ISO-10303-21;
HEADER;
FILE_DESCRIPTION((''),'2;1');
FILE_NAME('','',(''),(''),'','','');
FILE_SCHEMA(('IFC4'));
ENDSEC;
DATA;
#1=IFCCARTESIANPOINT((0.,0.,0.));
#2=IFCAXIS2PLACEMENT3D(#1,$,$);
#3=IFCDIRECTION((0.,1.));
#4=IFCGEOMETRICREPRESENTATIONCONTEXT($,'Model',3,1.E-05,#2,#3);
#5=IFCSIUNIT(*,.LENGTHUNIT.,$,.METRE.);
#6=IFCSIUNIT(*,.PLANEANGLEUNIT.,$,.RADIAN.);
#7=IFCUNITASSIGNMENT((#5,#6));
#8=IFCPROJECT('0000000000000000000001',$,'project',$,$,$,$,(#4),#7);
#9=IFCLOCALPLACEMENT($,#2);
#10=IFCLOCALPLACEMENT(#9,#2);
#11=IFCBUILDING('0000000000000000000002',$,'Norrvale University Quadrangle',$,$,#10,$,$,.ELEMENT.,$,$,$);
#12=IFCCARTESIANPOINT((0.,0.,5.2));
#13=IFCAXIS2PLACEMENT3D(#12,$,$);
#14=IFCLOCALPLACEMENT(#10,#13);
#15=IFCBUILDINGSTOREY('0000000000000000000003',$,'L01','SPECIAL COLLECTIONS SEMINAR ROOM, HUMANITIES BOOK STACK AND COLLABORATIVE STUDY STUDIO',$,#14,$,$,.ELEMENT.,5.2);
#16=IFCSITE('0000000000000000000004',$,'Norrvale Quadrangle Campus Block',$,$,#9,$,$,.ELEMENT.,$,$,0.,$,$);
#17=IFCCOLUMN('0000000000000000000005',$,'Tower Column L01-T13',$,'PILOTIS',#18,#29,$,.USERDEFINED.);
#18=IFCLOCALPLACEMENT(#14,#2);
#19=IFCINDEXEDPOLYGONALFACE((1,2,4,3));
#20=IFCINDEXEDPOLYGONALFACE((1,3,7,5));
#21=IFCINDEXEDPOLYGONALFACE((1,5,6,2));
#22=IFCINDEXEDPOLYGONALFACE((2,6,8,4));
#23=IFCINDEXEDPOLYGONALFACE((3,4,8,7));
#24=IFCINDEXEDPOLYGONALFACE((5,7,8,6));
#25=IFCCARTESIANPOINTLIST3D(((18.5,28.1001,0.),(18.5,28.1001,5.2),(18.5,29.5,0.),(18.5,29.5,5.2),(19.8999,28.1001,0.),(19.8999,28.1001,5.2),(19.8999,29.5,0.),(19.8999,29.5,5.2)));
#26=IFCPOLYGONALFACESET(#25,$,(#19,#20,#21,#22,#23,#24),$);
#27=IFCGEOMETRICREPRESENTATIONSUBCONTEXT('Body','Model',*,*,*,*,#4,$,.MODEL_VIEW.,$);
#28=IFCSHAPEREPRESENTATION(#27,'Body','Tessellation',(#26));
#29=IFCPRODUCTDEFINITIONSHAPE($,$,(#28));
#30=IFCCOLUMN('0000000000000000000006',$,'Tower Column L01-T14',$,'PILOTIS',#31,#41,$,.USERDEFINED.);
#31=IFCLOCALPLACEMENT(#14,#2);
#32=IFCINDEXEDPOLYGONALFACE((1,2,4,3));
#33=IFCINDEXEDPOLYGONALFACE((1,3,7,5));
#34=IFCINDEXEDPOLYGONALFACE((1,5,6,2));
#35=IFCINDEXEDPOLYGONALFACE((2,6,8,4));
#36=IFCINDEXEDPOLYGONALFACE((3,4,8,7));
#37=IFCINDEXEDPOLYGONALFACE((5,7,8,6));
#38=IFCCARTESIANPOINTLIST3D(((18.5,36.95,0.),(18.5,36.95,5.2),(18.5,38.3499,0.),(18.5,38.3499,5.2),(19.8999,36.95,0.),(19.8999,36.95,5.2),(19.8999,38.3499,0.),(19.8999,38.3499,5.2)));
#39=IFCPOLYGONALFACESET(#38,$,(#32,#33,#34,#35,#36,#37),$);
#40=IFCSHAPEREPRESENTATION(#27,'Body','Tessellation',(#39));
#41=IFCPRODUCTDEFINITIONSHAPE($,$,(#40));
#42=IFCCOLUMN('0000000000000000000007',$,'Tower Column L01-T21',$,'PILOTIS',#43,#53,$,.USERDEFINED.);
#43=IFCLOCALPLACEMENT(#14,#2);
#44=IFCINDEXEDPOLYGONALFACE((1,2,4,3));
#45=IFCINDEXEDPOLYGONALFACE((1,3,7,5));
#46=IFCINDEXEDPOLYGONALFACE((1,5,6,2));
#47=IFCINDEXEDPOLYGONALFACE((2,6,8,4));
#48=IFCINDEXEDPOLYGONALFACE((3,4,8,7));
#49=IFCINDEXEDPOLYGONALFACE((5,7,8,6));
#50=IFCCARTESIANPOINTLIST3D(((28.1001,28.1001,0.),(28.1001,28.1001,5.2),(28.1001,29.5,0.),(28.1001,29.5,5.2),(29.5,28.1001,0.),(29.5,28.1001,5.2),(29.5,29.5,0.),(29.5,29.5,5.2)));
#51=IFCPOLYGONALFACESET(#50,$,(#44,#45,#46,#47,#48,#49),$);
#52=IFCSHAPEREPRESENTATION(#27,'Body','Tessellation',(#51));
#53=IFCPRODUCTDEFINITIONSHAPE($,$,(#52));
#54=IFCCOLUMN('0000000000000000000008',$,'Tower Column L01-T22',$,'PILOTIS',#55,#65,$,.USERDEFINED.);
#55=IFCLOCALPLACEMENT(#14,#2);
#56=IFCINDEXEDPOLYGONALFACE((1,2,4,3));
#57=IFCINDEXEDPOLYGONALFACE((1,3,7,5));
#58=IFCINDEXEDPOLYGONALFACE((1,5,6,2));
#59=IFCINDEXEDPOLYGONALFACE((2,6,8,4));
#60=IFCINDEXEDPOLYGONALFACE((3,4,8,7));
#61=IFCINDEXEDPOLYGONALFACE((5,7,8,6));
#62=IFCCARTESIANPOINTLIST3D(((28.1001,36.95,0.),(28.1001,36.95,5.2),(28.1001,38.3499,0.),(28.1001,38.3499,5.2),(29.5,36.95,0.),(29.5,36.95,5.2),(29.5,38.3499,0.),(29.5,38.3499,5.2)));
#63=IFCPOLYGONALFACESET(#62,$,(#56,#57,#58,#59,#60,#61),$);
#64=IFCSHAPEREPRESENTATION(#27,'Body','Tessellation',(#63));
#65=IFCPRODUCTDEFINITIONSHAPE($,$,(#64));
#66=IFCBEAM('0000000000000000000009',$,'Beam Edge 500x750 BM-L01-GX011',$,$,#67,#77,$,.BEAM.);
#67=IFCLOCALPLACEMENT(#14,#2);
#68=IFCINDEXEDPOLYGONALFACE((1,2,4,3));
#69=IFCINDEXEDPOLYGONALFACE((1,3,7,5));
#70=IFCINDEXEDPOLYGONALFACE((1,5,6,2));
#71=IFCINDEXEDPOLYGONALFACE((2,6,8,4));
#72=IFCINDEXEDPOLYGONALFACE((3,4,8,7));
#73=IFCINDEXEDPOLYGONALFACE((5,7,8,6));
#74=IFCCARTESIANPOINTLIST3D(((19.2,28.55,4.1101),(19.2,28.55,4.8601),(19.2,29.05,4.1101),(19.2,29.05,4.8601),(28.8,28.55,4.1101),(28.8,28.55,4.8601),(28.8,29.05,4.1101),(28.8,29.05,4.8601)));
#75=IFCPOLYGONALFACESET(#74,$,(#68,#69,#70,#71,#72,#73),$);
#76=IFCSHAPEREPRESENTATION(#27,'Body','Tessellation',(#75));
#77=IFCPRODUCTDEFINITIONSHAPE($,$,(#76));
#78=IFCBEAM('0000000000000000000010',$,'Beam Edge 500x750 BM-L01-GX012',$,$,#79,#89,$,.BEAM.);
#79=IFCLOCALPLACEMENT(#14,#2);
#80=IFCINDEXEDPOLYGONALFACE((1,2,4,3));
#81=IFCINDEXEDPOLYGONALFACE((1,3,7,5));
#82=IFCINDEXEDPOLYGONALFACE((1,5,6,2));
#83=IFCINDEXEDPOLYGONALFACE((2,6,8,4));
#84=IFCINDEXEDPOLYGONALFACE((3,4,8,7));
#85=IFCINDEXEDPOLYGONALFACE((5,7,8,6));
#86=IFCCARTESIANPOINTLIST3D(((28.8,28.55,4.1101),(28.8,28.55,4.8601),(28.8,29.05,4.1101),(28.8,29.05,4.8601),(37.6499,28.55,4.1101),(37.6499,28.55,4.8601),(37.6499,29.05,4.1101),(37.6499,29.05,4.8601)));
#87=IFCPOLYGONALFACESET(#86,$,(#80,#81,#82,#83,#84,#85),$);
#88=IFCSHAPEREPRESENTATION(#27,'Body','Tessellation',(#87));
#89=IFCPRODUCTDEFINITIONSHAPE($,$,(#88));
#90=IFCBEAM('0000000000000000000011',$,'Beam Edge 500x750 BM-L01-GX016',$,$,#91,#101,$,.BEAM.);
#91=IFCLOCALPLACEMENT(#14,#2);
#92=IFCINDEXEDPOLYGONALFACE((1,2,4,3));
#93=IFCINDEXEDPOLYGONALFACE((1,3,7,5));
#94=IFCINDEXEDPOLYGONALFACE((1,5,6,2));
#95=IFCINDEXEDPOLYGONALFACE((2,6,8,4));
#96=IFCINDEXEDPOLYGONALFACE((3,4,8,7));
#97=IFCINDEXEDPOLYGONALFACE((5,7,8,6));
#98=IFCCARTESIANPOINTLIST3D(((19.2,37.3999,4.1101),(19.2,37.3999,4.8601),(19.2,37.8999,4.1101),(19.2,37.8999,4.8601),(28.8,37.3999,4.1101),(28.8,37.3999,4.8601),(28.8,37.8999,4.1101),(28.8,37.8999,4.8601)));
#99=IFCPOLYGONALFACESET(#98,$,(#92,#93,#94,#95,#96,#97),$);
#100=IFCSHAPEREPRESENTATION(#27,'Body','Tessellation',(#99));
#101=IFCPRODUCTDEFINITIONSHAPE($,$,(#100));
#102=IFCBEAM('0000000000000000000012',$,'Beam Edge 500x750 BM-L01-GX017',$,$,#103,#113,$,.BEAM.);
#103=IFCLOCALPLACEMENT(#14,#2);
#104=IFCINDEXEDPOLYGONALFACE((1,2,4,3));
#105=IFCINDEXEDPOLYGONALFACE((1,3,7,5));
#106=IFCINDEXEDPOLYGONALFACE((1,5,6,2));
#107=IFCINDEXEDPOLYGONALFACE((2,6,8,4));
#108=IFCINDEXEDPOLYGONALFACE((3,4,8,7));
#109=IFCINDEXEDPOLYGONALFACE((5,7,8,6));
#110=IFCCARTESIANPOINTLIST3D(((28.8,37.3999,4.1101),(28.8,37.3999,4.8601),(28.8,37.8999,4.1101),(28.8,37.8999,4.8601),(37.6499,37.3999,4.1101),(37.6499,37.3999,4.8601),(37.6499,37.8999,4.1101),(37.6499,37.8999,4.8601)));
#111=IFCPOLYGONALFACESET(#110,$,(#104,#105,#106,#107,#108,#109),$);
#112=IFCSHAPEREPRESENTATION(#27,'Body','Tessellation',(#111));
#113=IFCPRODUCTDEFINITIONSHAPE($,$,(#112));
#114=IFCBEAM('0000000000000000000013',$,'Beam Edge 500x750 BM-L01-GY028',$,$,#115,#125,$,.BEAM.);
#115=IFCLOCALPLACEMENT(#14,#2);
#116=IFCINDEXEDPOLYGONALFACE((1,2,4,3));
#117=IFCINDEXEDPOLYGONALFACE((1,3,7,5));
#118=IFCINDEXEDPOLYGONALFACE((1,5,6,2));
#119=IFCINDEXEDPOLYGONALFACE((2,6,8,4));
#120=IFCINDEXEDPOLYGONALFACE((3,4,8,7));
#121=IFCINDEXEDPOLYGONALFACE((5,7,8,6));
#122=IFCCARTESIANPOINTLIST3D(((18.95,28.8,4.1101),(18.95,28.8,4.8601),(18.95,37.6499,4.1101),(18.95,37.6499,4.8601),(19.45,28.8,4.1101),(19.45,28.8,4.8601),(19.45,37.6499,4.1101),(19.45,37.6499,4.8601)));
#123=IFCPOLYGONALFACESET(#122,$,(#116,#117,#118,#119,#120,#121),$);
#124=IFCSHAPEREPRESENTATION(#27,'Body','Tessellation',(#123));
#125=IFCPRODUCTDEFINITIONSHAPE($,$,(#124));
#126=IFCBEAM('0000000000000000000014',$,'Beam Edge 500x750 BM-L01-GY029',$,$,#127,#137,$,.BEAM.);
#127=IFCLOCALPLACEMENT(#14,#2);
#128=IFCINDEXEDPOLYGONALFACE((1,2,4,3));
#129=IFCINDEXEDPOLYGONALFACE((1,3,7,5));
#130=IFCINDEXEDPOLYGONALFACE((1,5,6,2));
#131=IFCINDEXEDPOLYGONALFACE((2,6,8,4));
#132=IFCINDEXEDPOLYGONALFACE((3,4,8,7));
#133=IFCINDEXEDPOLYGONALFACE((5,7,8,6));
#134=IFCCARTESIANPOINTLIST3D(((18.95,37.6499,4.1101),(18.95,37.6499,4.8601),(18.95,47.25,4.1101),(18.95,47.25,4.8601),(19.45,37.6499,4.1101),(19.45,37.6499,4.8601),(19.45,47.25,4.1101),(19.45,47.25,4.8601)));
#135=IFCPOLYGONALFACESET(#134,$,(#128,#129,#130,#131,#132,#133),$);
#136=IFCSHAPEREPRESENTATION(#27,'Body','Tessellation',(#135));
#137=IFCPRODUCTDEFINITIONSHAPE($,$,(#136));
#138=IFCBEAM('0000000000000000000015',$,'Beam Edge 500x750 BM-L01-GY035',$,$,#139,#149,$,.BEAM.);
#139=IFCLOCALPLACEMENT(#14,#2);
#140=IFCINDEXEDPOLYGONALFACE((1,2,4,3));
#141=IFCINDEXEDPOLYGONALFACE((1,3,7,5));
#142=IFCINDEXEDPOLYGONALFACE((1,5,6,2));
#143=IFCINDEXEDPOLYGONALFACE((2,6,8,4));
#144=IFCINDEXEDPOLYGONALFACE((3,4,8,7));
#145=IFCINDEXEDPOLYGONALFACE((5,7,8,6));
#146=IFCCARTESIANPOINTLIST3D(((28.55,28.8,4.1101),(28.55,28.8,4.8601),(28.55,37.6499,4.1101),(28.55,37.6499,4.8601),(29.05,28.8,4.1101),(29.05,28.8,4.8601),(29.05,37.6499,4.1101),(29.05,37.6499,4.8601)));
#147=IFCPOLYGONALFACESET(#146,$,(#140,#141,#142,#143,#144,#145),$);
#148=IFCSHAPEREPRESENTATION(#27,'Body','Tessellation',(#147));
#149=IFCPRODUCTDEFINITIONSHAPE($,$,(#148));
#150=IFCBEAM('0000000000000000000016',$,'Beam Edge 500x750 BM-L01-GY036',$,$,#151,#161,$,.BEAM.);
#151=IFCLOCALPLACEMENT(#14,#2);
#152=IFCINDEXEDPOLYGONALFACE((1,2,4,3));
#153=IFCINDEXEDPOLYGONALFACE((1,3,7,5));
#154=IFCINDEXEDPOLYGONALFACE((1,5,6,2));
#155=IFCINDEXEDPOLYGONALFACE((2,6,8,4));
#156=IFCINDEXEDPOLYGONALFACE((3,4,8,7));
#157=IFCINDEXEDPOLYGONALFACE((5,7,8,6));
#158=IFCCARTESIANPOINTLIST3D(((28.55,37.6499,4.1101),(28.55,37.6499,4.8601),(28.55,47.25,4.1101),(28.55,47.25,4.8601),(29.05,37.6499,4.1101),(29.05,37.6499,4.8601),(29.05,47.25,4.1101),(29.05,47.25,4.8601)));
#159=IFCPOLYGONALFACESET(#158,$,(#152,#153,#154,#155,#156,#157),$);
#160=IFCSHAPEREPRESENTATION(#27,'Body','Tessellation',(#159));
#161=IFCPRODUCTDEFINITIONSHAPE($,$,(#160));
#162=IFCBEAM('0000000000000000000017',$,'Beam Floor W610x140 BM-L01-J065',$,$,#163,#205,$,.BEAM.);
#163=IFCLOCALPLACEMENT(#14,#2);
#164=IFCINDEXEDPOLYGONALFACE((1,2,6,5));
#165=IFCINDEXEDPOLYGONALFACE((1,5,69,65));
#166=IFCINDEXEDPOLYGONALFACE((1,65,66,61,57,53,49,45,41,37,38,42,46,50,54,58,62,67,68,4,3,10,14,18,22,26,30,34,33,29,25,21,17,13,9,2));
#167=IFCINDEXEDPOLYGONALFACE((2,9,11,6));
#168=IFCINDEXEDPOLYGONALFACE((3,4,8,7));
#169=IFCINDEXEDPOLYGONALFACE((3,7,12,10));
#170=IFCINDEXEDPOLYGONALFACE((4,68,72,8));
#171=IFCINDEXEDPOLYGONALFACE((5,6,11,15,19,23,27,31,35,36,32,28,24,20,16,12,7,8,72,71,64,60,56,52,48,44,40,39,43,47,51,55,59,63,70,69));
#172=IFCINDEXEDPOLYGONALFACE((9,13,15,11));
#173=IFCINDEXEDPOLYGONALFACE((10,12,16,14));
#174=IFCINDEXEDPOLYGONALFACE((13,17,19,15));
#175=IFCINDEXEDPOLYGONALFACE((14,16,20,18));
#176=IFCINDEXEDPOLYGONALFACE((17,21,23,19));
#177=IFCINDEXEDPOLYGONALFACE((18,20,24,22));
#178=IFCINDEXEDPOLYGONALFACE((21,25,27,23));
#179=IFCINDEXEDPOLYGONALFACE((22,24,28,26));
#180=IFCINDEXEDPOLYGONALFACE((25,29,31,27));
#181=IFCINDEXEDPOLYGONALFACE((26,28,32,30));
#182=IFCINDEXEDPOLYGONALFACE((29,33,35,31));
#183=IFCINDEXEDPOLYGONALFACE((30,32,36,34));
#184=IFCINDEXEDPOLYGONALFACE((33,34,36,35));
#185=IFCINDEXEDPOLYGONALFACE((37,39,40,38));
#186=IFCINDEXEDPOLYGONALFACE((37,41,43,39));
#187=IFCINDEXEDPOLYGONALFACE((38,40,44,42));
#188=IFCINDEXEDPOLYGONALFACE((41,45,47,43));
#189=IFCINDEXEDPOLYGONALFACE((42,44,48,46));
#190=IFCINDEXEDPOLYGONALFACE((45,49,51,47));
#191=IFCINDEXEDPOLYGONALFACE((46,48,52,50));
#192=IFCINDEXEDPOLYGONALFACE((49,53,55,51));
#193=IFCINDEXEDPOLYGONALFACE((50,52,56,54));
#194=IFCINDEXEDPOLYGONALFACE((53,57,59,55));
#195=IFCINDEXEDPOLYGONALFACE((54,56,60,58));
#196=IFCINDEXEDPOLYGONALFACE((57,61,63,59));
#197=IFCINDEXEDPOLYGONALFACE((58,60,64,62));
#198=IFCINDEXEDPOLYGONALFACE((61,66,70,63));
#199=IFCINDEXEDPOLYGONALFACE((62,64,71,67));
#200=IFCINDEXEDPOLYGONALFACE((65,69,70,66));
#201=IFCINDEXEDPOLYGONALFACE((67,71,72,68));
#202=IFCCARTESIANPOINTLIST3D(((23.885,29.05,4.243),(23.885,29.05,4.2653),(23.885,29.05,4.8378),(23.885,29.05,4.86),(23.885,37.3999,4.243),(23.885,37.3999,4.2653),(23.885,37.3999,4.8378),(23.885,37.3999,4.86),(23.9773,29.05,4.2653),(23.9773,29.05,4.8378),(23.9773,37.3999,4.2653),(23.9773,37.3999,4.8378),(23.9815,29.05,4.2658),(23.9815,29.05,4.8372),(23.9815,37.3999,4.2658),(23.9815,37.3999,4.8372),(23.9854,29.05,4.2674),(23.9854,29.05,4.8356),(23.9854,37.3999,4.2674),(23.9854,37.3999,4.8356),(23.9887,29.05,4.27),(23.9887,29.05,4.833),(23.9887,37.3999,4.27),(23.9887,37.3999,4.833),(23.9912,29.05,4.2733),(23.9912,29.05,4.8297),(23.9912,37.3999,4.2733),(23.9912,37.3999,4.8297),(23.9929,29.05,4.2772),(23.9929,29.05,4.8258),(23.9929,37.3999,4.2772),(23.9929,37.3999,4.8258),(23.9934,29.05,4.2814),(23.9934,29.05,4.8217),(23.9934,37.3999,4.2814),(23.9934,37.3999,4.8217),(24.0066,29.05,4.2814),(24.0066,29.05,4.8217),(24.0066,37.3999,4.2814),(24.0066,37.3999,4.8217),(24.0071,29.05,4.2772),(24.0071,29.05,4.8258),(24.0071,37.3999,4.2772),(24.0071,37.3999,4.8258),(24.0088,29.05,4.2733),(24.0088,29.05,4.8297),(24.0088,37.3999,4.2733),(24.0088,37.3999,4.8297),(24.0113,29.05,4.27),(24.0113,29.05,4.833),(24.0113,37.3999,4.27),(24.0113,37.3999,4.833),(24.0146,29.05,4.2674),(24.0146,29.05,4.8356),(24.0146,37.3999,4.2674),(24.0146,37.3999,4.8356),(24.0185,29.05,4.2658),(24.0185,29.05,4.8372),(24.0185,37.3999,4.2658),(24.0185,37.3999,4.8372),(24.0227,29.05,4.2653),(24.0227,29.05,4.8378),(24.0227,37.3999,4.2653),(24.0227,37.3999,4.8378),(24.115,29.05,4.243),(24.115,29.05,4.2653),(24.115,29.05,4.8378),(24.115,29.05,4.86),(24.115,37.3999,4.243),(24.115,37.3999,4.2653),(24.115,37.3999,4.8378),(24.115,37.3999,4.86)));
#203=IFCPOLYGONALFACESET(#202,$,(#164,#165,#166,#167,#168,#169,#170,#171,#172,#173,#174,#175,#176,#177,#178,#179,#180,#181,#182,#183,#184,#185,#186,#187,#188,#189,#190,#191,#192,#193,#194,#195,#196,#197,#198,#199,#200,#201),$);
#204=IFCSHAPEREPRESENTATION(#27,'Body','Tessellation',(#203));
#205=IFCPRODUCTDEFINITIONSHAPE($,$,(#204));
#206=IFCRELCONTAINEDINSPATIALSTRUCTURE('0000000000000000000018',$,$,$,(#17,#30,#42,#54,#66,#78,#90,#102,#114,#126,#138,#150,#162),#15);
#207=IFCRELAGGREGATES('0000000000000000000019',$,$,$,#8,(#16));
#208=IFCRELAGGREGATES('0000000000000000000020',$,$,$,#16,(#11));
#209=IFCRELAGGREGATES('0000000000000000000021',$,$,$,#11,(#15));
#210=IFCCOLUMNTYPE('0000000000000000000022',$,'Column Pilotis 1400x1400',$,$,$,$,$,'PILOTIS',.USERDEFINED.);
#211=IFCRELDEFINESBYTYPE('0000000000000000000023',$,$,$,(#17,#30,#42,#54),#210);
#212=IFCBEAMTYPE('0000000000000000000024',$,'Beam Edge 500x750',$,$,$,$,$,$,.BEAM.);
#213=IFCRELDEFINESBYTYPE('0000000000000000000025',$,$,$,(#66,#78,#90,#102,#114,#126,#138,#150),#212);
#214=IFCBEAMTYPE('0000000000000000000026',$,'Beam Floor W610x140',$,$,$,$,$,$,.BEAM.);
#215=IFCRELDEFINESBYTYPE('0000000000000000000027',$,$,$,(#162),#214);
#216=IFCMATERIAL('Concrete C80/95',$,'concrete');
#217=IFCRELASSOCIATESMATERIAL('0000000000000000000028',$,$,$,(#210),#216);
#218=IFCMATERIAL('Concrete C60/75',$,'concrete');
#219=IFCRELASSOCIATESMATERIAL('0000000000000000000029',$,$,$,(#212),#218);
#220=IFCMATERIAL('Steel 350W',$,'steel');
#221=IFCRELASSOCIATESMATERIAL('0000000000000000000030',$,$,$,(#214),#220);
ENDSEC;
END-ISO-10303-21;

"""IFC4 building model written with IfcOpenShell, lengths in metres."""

from ifc_helpers import new_model, si_unit, direction, frame, origin, origin_2d, place, context, subcontext, project, spatial, rectangle, i_section, extrude, material, material_profile, profile_set, type_object, element, save


model = new_model("IFC4")

# Units and contexts
model_context = context("Model", 3, precision=1e-05, world=origin(), true_north=direction((0.0, 1.0)))
body_context = subcontext(model_context, "Body", "Model", "MODEL_VIEW")
ifc_project = project(units=[si_unit("LENGTHUNIT", "METRE"), si_unit("PLANEANGLEUNIT", "RADIAN")], contexts=[model_context])

# Site, building, storey
site_placement = place(None, origin())
site = spatial("IfcSite", under=ifc_project, at=site_placement, Name="Norrvale Quadrangle Campus Block", CompositionType="ELEMENT", RefElevation=0.0)
building_placement = place(site_placement, origin())
building = spatial("IfcBuilding", under=site, at=building_placement, Name="Norrvale University Quadrangle", CompositionType="ELEMENT")
storey_placement = place(building_placement, frame((0.0, 0.0, 5.2)))
storey = spatial("IfcBuildingStorey", under=building, at=storey_placement, Name="L01", Description="SPECIAL COLLECTIONS SEMINAR ROOM, HUMANITIES BOOK STACK AND COLLABORATIVE STUDY STUDIO", CompositionType="ELEMENT", Elevation=5.2)

# Columns
ifc_material_1 = material(Name="Concrete C80/95", Category="concrete")
ifc_material_profile_1 = material_profile(ifc_material_1, rectangle(XDim=1.3999, YDim=1.3999, at=origin_2d()), Name="Concrete C80/95")
ifc_profile_set_1 = profile_set([ifc_material_profile_1], Name="Concrete C80/95")
column_type = type_object("IfcColumnType", Name="Column Pilotis 1400x1400", ElementType="PILOTIS", PredefinedType="USERDEFINED", material=ifc_profile_set_1)
for number, where, z_axis, x_axis, name in (
    (1, (19.2, 28.8, 0.0), (0.0, 0.0, 1.0), (1.0, 0.0, 0.0), "Tower Column L01-T13"),
    (2, (19.2, 37.6499, 0.0), (0.0, 0.0, 1.0), (1.0, 0.0, 0.0), "Tower Column L01-T14"),
    (3, (28.8, 28.8, 0.0), (0.0, 0.0, 1.0), (1.0, 0.0, 0.0), "Tower Column L01-T21"),
    (4, (28.8, 37.6499, 0.0), (0.0, 0.0, 1.0), (1.0, 0.0, 0.0), "Tower Column L01-T22"),
):
    element("IfcColumn", number, at=place(storey_placement, frame(where, z_axis=z_axis, x_axis=x_axis)), inside=storey, type_object=column_type, Name=name, ObjectType="PILOTIS", PredefinedType="USERDEFINED", context=body_context, shape_type="SweptSolid", body=[
        extrude(rectangle(XDim=1.3999, YDim=1.3999, at=origin_2d()), origin(), (0.0, 0.0, 1.0), 5.2),
    ])

# Beams
ifc_material_2 = material(Name="Concrete C60/75", Category="concrete")
ifc_material_profile_2 = material_profile(ifc_material_2, rectangle(XDim=0.5, YDim=0.75, at=origin_2d()), Name="Concrete C60/75")
ifc_profile_set_2 = profile_set([ifc_material_profile_2], Name="Concrete C60/75")
beam_type_1 = type_object("IfcBeamType", Name="Beam Edge 500x750", PredefinedType="BEAM", material=ifc_profile_set_2)
beam_1_placement = place(storey_placement, frame((19.2, 28.8, 4.4851), z_axis=(1.0, 0.0, 0.0), x_axis=(0.0, 1.0, 0.0)))
element("IfcBeam", 5, at=beam_1_placement, inside=storey, type_object=beam_type_1, Name="Beam Edge 500x750 BM-L01-GX011", PredefinedType="BEAM", context=body_context, shape_type="SweptSolid", body=[
    extrude(rectangle(XDim=0.5, YDim=0.75, at=origin_2d()), origin(), (0.0, 0.0, 1.0), 9.6001),
])
beam_2_placement = place(storey_placement, frame((28.8, 28.8, 4.4851), z_axis=(1.0, 0.0, 0.0), x_axis=(0.0, 1.0, 0.0)))
element("IfcBeam", 6, at=beam_2_placement, inside=storey, type_object=beam_type_1, Name="Beam Edge 500x750 BM-L01-GX012", PredefinedType="BEAM", context=body_context, shape_type="SweptSolid", body=[
    extrude(rectangle(XDim=0.5, YDim=0.75, at=origin_2d()), origin(), (0.0, 0.0, 1.0), 8.8499),
])
beam_3_placement = place(storey_placement, frame((19.2, 37.6499, 4.4851), z_axis=(1.0, 0.0, 0.0), x_axis=(0.0, 1.0, 0.0)))
element("IfcBeam", 7, at=beam_3_placement, inside=storey, type_object=beam_type_1, Name="Beam Edge 500x750 BM-L01-GX016", PredefinedType="BEAM", context=body_context, shape_type="SweptSolid", body=[
    extrude(rectangle(XDim=0.5, YDim=0.75, at=origin_2d()), origin(), (0.0, 0.0, 1.0), 9.6001),
])
for number, where, z_axis, x_axis, name in (
    (8, (28.8, 37.6499, 4.4851), (1.0, 0.0, 0.0), (0.0, 1.0, 0.0), "Beam Edge 500x750 BM-L01-GX017"),
    (9, (19.2, 28.8, 4.4851), (0.0, 1.0, 0.0), (-1.0, 0.0, 0.0), "Beam Edge 500x750 BM-L01-GY028"),
):
    element("IfcBeam", number, at=place(storey_placement, frame(where, z_axis=z_axis, x_axis=x_axis)), inside=storey, type_object=beam_type_1, Name=name, PredefinedType="BEAM", context=body_context, shape_type="SweptSolid", body=[
        extrude(rectangle(XDim=0.5, YDim=0.75, at=origin_2d()), origin(), (0.0, 0.0, 1.0), 8.8499),
    ])
beam_4_placement = place(storey_placement, frame((19.2, 37.6499, 4.4851), z_axis=(0.0, 1.0, 0.0), x_axis=(-1.0, 0.0, 0.0)))
element("IfcBeam", 10, at=beam_4_placement, inside=storey, type_object=beam_type_1, Name="Beam Edge 500x750 BM-L01-GY029", PredefinedType="BEAM", context=body_context, shape_type="SweptSolid", body=[
    extrude(rectangle(XDim=0.5, YDim=0.75, at=origin_2d()), origin(), (0.0, 0.0, 1.0), 9.6001),
])
beam_5_placement = place(storey_placement, frame((28.8, 28.8, 4.4851), z_axis=(0.0, 1.0, 0.0), x_axis=(-1.0, 0.0, 0.0)))
element("IfcBeam", 11, at=beam_5_placement, inside=storey, type_object=beam_type_1, Name="Beam Edge 500x750 BM-L01-GY035", PredefinedType="BEAM", context=body_context, shape_type="SweptSolid", body=[
    extrude(rectangle(XDim=0.5, YDim=0.75, at=origin_2d()), origin(), (0.0, 0.0, 1.0), 8.8499),
])
beam_6_placement = place(storey_placement, frame((28.8, 37.6499, 4.4851), z_axis=(0.0, 1.0, 0.0), x_axis=(-1.0, 0.0, 0.0)))
element("IfcBeam", 12, at=beam_6_placement, inside=storey, type_object=beam_type_1, Name="Beam Edge 500x750 BM-L01-GY036", PredefinedType="BEAM", context=body_context, shape_type="SweptSolid", body=[
    extrude(rectangle(XDim=0.5, YDim=0.75, at=origin_2d()), origin(), (0.0, 0.0, 1.0), 9.6001),
])
ifc_material_3 = material(Name="Steel 350W", Category="steel")
ifc_material_profile_3 = material_profile(ifc_material_3, i_section(OverallWidth=0.23, OverallDepth=0.6169, WebThickness=0.0132, FlangeThickness=0.0222, FilletRadius=0.0161, at=origin_2d()), Name="Steel 350W")
ifc_profile_set_3 = profile_set([ifc_material_profile_3], Name="Steel 350W")
beam_type_2 = type_object("IfcBeamType", Name="Beam Floor W610x140", PredefinedType="BEAM", material=ifc_profile_set_3)
beam_7_placement = place(storey_placement, frame((24.0, 29.05, 4.5515), z_axis=(0.0, 1.0, 0.0), x_axis=(-1.0, 0.0, 0.0)))
element("IfcBeam", 13, at=beam_7_placement, inside=storey, type_object=beam_type_2, Name="Beam Floor W610x140 BM-L01-J065", PredefinedType="BEAM", context=body_context, shape_type="SweptSolid", body=[
    extrude(i_section(OverallWidth=0.23, OverallDepth=0.6169, WebThickness=0.0132, FlangeThickness=0.0222, FilletRadius=0.0161, at=origin_2d()), origin(), (0.0, 0.0, 1.0), 8.3499),
])

save(model, "model.ifc")
